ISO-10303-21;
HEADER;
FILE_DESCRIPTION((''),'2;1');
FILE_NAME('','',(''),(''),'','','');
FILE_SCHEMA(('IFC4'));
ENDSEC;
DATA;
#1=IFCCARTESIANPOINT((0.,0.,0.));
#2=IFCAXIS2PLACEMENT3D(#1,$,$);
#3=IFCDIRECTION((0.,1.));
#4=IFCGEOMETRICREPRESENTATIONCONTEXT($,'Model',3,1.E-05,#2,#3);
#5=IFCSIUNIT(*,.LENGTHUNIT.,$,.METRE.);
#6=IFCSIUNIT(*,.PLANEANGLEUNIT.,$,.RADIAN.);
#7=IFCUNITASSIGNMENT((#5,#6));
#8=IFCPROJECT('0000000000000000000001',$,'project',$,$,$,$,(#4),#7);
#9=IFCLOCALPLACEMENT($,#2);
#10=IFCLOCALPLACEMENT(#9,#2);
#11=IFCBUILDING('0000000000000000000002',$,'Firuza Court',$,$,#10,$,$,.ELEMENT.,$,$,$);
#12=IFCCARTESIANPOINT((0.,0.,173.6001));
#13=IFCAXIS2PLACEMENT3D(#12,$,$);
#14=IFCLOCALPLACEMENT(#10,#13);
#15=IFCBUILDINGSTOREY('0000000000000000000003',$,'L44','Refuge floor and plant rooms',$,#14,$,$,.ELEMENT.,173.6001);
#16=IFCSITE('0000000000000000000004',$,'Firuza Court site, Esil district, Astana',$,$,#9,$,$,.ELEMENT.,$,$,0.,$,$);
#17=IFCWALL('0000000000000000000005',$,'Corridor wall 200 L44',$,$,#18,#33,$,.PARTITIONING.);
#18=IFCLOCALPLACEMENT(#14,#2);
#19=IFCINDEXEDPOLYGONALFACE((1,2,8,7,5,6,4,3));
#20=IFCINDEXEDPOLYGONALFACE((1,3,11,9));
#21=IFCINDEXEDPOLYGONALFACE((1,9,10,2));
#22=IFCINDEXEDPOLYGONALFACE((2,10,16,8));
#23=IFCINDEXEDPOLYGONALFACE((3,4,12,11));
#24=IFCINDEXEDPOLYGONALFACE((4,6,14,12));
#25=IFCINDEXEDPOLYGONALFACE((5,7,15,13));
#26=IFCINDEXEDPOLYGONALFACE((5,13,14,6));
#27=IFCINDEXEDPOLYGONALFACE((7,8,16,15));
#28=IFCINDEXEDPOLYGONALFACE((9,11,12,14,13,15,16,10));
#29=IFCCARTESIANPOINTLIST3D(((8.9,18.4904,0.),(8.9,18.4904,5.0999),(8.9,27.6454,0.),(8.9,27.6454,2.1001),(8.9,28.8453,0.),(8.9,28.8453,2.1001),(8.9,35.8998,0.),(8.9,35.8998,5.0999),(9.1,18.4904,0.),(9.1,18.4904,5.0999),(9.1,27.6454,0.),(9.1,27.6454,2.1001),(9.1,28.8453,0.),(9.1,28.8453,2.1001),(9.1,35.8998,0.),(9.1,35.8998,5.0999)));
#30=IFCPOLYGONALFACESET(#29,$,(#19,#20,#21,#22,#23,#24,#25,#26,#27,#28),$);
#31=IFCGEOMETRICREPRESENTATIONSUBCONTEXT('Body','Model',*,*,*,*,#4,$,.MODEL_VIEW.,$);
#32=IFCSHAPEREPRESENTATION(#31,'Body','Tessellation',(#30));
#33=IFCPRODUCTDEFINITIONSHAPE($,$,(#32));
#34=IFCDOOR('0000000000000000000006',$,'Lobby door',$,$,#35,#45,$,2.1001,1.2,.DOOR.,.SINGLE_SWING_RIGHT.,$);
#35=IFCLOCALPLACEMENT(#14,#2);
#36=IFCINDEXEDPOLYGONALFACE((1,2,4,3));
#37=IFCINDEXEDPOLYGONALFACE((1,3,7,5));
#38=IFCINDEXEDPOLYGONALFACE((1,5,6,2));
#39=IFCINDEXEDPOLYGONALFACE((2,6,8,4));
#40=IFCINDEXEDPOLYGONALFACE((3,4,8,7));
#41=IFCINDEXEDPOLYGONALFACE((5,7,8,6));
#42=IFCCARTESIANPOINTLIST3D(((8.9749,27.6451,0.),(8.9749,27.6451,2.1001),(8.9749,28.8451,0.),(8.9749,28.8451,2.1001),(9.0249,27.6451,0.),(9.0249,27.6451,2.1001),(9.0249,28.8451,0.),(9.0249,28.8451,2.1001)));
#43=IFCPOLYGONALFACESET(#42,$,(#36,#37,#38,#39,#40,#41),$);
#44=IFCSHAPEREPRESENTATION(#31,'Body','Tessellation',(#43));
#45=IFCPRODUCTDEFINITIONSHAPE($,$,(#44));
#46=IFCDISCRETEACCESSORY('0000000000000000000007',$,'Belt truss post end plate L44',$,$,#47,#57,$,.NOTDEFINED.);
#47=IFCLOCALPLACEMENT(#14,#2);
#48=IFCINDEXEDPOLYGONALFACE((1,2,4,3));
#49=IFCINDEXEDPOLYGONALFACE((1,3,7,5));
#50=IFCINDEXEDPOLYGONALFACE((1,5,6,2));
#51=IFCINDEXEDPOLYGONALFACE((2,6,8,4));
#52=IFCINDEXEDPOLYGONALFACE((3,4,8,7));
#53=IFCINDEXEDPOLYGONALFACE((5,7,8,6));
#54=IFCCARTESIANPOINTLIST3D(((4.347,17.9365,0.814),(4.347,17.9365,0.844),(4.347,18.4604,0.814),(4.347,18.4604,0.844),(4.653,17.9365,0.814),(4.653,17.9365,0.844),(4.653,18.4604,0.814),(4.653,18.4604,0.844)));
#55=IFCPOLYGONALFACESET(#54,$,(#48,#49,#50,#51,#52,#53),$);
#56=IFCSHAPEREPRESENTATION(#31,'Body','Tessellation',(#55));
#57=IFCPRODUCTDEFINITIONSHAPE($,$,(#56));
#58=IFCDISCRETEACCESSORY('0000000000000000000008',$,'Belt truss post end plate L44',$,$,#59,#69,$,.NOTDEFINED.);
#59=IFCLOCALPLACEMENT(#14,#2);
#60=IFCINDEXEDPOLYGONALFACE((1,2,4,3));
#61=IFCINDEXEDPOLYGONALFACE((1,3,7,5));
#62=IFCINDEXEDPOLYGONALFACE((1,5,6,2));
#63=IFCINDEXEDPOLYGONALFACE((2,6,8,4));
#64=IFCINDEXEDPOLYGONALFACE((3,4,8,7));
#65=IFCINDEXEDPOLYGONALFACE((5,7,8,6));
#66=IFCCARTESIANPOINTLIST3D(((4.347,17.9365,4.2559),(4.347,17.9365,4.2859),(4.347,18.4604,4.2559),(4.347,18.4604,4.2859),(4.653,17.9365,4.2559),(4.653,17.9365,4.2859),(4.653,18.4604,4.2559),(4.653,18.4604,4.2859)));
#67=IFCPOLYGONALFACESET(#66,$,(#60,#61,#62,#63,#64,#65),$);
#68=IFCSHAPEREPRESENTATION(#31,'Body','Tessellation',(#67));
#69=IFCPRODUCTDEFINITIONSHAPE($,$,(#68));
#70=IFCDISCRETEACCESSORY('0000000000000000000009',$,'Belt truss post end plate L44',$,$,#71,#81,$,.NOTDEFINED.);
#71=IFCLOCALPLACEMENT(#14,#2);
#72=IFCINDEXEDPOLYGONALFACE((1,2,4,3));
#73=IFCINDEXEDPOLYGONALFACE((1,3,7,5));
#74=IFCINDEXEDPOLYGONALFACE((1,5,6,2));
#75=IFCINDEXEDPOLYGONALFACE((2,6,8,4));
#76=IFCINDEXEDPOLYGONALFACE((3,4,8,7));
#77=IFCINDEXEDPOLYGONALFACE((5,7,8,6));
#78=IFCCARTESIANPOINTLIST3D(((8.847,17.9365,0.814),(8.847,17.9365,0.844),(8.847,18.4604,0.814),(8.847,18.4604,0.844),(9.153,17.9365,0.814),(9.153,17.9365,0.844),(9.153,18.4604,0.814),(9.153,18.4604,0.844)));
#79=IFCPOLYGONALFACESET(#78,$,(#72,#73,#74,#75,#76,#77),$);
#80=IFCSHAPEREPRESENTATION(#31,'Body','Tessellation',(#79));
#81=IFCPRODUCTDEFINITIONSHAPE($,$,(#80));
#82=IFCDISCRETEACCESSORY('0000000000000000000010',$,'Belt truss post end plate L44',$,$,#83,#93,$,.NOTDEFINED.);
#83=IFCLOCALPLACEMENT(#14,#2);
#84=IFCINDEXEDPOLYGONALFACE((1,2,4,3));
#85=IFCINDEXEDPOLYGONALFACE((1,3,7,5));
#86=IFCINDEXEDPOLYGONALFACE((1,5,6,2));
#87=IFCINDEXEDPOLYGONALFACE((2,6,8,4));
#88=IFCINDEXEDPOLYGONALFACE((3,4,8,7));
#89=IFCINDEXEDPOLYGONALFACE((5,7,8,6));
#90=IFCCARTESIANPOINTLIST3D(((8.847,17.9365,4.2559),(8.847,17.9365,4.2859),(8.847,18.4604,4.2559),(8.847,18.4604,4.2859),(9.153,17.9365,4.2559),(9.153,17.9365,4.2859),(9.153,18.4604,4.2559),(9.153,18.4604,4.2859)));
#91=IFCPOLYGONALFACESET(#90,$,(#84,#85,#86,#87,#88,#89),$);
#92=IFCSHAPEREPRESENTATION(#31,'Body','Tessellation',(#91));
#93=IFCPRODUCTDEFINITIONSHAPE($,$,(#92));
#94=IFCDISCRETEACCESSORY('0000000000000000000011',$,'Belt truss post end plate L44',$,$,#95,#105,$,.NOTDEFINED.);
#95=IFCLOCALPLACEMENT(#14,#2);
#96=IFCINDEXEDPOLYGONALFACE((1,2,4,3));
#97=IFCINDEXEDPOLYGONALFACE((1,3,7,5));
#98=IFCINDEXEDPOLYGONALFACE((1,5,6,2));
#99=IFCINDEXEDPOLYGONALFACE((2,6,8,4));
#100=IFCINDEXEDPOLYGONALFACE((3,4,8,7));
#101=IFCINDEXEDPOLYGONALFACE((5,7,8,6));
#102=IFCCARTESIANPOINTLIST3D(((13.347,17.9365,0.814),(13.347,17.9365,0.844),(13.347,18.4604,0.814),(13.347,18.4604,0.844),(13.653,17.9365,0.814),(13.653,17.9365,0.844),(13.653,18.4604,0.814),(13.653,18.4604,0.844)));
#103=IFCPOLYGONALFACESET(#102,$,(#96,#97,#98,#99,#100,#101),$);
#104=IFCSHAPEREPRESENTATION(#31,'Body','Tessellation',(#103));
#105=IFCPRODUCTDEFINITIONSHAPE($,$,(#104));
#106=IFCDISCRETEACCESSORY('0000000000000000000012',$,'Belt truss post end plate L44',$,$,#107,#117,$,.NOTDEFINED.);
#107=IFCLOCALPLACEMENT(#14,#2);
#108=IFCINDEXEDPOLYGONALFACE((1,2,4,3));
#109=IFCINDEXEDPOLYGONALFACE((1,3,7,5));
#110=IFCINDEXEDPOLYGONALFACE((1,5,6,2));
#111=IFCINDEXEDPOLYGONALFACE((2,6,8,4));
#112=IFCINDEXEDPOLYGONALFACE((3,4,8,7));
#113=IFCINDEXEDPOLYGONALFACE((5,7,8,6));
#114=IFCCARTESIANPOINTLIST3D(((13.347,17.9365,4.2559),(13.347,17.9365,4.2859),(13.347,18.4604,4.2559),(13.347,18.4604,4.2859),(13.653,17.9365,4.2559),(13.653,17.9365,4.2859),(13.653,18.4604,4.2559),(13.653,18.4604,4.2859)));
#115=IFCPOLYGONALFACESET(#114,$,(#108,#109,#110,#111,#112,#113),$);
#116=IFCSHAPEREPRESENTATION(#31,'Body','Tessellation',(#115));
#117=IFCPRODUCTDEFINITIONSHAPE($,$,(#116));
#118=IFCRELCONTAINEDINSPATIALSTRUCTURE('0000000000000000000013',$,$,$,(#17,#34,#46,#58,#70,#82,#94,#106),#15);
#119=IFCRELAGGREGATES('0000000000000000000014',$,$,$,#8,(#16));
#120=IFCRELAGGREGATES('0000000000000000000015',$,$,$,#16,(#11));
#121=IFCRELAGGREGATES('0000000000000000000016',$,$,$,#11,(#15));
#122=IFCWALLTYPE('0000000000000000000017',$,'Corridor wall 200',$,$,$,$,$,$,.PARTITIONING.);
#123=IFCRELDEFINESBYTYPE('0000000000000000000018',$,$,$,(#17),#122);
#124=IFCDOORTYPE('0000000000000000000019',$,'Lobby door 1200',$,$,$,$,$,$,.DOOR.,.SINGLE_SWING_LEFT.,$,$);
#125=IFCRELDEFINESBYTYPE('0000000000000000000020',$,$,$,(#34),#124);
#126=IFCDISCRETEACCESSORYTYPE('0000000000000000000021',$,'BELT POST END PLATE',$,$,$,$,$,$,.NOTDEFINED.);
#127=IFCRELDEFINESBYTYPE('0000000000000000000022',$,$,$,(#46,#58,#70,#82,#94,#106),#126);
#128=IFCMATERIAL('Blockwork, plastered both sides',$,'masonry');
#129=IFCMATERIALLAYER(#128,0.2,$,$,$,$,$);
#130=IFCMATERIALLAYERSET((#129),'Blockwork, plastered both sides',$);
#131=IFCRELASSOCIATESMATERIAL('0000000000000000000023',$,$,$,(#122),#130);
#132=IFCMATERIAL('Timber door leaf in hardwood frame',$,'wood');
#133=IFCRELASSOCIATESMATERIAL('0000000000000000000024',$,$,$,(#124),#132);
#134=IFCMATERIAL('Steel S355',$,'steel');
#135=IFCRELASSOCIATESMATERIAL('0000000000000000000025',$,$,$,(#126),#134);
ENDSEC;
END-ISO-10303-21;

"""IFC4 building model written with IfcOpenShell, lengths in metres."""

from ifc_helpers import new_model, si_unit, direction, frame, frame_2d, origin, origin_2d, place, context, subcontext, project, spatial, rectangle, extrude, material, layer, layer_set, material_profile, profile_set, type_object, element, fill, save


model = new_model("IFC4")

# Units and contexts
model_context = context("Model", 3, precision=1e-05, world=origin(), true_north=direction((0.0, 1.0)))
body_context = subcontext(model_context, "Body", "Model", "MODEL_VIEW")
ifc_project = project(units=[si_unit("LENGTHUNIT", "METRE"), si_unit("PLANEANGLEUNIT", "RADIAN")], contexts=[model_context])

# Site, building, storey
site_placement = place(None, origin())
site = spatial("IfcSite", under=ifc_project, at=site_placement, Name="Firuza Court site, Esil district, Astana", CompositionType="ELEMENT", RefElevation=0.0)
building_placement = place(site_placement, origin())
building = spatial("IfcBuilding", under=site, at=building_placement, Name="Firuza Court", CompositionType="ELEMENT")
storey_placement = place(building_placement, frame((0.0, 0.0, 173.6001)))
storey = spatial("IfcBuildingStorey", under=building, at=storey_placement, Name="L44", Description="Refuge floor and plant rooms", CompositionType="ELEMENT", Elevation=173.6001)

# Wall, opening, door
ifc_material_1 = material(Name="Blockwork, plastered both sides", Category="masonry")
ifc_layer_1 = layer(ifc_material_1, 0.2)
ifc_layer_set_1 = layer_set([ifc_layer_1], Name="Blockwork, plastered both sides")
wall_type_1 = type_object("IfcWallType", Name="Corridor wall 200", PredefinedType="PARTITIONING", material=ifc_layer_set_1)
wall_1_placement = place(storey_placement, frame((9.0, 18.4905, 0.0), z_axis=(0.0, 0.0, 1.0), x_axis=(0.0, 1.0, 0.0)))
wall_1 = element("IfcWall", 1, at=wall_1_placement, inside=storey, type_object=wall_type_1, Name="Corridor wall 200 L44", PredefinedType="PARTITIONING", context=body_context, shape_type="SweptSolid", body=[
    extrude(rectangle(XDim=17.4094, YDim=0.2, at=frame_2d((8.7046, 0.0))), origin(), (0.0, 0.0, 1.0), 5.0999),
])
opening_1_placement = place(wall_1_placement, frame((9.1548, 0.0, 0.0)))
opening_1 = element("IfcOpeningElement", 2, at=opening_1_placement, cuts=wall_1, PredefinedType="OPENING", context=body_context, shape_type="SweptSolid", body=[
    extrude(rectangle(XDim=1.2, YDim=2.1001, at=frame_2d((0.6001, 1.05))), frame((0.0, 0.1118, 0.0), z_axis=(0.0, -1.0, 0.0), x_axis=(1.0, 0.0, 0.0)), (0.0, 0.0, 1.0), 0.2239),
])
ifc_material_2 = material(Name="Timber door leaf in hardwood frame", Category="wood")
door_type_1 = type_object("IfcDoorType", Name="Lobby door 1200", OperationType="SINGLE_SWING_LEFT", PredefinedType="DOOR", material=ifc_material_2)
door_1_placement = place(opening_1_placement, frame((1.2, 0.0, 0.0), z_axis=(0.0, 0.0, 1.0), x_axis=(-1.0, 0.0, 0.0)))
door_1 = element("IfcDoor", 3, at=door_1_placement, inside=storey, type_object=door_type_1, Name="Lobby door", OperationType="SINGLE_SWING_RIGHT", OverallHeight=2.1001, OverallWidth=1.2, PredefinedType="DOOR", context=body_context, shape_type="SweptSolid", body=[
    extrude(rectangle(XDim=1.2, YDim=2.1001, at=frame_2d((0.6001, 1.05))), frame((0.0, 0.0249, 0.0), z_axis=(0.0, -1.0, 0.0), x_axis=(1.0, 0.0, 0.0)), (0.0, 0.0, 1.0), 0.05),
])
fill(opening_1, door_1)

# Discrete accessories
ifc_material_3 = material(Name="Steel S355", Category="steel")
ifc_material_profile_1 = material_profile(ifc_material_3, rectangle(XDim=0.3059, YDim=0.5239, at=origin_2d()), Name="PL 306X524")
ifc_profile_set_1 = profile_set([ifc_material_profile_1], Name="Steel S355")
discrete_accessory_type = type_object("IfcDiscreteAccessoryType", Name="BELT POST END PLATE", PredefinedType="NOTDEFINED", material=ifc_profile_set_1)
for number, where, z_axis, x_axis, name in (
    (4, (4.5, 18.1985, 0.814), (0.0, 0.0, 1.0), (1.0, 0.0, 0.0), "Belt truss post end plate L44"),
    (5, (4.5, 18.1985, 4.2559), (0.0, 0.0, 1.0), (1.0, 0.0, 0.0), "Belt truss post end plate L44"),
    (6, (9.0, 18.1985, 0.814), (0.0, 0.0, 1.0), (1.0, 0.0, 0.0), "Belt truss post end plate L44"),
    (7, (9.0, 18.1985, 4.2559), (0.0, 0.0, 1.0), (1.0, 0.0, 0.0), "Belt truss post end plate L44"),
    (8, (13.5, 18.1985, 0.814), (0.0, 0.0, 1.0), (1.0, 0.0, 0.0), "Belt truss post end plate L44"),
    (9, (13.5, 18.1985, 4.2559), (0.0, 0.0, 1.0), (1.0, 0.0, 0.0), "Belt truss post end plate L44"),
):
    element("IfcDiscreteAccessory", number, at=place(storey_placement, frame(where, z_axis=z_axis, x_axis=x_axis)), inside=storey, type_object=discrete_accessory_type, Name=name, PredefinedType="NOTDEFINED", context=body_context, shape_type="SweptSolid", body=[
        extrude(rectangle(XDim=0.3059, YDim=0.5239, at=origin_2d()), origin(), (0.0, 0.0, 1.0), 0.03),
    ])

save(model, "model.ifc")
